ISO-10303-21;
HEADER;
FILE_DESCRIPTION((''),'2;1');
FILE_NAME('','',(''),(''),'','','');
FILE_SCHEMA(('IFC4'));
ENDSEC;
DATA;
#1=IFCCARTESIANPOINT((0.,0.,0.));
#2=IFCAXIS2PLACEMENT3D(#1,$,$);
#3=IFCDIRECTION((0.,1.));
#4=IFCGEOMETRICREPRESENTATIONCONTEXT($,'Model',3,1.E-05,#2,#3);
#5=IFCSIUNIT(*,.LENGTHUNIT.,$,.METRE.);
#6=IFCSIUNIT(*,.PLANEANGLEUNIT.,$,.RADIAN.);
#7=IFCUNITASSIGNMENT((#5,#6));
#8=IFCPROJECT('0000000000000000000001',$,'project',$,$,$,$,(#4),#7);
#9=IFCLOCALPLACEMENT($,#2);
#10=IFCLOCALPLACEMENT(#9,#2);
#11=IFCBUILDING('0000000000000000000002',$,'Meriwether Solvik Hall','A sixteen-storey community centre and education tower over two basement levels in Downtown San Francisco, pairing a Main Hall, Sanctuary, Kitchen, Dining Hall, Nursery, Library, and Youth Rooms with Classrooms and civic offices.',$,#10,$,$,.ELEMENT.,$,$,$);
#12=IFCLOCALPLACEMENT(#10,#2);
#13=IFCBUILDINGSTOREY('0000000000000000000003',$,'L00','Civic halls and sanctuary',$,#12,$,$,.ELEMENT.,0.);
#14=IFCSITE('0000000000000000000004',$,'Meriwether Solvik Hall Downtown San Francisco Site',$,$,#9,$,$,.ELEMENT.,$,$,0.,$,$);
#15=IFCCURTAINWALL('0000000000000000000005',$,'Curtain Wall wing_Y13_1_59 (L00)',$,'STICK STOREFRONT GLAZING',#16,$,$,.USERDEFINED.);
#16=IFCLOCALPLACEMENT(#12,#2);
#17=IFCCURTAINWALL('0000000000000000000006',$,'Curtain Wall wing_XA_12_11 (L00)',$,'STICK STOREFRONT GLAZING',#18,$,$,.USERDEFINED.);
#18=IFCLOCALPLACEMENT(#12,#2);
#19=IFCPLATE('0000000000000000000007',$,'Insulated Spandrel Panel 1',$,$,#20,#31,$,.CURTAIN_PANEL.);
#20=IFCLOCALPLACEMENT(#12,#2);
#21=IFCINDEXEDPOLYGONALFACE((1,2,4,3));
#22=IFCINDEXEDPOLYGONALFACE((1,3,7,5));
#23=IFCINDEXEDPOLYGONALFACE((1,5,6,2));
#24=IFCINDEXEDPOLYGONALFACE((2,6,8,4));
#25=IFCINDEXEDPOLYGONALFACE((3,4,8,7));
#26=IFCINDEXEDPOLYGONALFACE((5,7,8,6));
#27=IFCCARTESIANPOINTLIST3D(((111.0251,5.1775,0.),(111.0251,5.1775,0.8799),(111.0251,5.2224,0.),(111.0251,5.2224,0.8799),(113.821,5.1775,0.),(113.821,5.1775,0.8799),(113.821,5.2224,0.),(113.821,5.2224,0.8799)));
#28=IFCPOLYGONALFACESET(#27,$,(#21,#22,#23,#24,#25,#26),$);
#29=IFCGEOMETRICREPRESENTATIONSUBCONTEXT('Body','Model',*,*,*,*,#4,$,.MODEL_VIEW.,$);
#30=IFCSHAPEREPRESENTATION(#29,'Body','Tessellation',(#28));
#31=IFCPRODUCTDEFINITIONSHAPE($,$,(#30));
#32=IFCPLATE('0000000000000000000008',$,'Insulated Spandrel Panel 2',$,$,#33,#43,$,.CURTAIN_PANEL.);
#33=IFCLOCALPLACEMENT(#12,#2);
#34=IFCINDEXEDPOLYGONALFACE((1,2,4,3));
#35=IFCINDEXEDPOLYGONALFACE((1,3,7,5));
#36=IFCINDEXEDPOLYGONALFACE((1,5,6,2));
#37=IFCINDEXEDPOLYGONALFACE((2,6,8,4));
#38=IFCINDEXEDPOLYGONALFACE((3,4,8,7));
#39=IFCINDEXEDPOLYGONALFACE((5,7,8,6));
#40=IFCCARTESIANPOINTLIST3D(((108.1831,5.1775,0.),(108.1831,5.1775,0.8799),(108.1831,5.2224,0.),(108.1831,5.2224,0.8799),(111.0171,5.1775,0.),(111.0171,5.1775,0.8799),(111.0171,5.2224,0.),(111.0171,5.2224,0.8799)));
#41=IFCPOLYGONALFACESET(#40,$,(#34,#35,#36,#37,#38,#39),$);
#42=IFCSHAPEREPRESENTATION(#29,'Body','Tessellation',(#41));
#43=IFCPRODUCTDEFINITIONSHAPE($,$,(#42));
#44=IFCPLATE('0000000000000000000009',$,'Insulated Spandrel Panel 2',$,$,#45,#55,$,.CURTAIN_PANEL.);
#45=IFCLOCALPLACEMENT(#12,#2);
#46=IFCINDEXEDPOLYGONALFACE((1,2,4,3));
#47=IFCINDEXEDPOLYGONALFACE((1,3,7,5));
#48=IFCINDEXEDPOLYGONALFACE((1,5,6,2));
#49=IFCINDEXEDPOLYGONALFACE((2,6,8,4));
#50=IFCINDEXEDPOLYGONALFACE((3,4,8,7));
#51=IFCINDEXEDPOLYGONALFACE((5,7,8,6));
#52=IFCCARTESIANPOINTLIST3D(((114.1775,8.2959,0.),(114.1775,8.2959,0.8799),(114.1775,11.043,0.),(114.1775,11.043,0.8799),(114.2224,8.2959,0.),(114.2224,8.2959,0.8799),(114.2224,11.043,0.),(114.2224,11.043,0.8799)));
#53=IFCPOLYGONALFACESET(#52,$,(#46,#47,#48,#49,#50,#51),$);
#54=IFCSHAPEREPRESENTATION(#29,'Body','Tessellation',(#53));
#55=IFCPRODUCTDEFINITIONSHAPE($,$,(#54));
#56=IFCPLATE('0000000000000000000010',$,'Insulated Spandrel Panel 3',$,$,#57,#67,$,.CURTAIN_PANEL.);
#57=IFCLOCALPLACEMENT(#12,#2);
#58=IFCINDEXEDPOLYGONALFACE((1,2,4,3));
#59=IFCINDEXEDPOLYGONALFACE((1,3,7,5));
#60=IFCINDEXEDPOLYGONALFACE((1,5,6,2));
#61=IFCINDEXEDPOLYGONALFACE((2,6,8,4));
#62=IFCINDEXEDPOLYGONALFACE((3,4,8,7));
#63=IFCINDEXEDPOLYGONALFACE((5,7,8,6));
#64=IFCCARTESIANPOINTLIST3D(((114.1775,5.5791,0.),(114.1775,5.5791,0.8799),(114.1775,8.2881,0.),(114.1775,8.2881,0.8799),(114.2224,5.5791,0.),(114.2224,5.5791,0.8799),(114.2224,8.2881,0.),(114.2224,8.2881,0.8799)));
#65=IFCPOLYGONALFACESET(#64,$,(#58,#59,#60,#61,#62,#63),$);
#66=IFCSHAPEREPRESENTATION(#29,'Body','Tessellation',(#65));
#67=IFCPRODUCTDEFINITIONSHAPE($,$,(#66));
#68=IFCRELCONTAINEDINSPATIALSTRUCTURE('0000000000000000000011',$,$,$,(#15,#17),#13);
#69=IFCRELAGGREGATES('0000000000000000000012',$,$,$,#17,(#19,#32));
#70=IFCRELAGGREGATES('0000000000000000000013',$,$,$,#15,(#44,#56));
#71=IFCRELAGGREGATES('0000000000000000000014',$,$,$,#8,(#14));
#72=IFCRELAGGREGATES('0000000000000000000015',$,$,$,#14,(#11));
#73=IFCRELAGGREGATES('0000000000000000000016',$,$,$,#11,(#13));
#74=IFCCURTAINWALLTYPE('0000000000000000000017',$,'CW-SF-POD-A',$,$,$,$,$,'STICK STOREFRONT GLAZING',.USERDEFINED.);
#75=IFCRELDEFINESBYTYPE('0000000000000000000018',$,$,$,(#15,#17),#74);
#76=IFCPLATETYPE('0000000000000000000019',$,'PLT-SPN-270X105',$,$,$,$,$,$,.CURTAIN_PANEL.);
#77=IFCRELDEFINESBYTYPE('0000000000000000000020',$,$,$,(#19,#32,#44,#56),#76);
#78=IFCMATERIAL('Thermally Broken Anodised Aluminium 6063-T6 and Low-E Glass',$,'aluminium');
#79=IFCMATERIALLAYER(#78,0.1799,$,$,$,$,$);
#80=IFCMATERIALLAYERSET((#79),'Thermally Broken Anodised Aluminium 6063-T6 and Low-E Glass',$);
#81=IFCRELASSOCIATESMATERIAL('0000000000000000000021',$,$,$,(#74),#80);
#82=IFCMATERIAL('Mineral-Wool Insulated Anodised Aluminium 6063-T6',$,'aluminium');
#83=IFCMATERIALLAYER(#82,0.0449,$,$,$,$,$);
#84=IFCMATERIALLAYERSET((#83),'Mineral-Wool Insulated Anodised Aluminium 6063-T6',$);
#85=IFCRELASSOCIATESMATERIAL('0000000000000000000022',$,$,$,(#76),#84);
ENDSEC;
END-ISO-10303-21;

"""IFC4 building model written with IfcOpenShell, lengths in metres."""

from ifc_helpers import new_model, si_unit, direction, frame, origin, origin_2d, place, context, subcontext, project, spatial, rectangle, extrude, material, layer, layer_set, type_object, element, aggregate, save


model = new_model("IFC4")

# Units and contexts
model_context = context("Model", 3, precision=1e-05, world=origin(), true_north=direction((0.0, 1.0)))
body_context = subcontext(model_context, "Body", "Model", "MODEL_VIEW")
ifc_project = project(units=[si_unit("LENGTHUNIT", "METRE"), si_unit("PLANEANGLEUNIT", "RADIAN")], contexts=[model_context])

# Site, building, storey
site_placement = place(None, origin())
site = spatial("IfcSite", under=ifc_project, at=site_placement, Name="Meriwether Solvik Hall Downtown San Francisco Site", CompositionType="ELEMENT", RefElevation=0.0)
building_placement = place(site_placement, origin())
building = spatial("IfcBuilding", under=site, at=building_placement, Name="Meriwether Solvik Hall", Description="A sixteen-storey community centre and education tower over two basement levels in Downtown San Francisco, pairing a Main Hall, Sanctuary, Kitchen, Dining Hall, Nursery, Library, and Youth Rooms with Classrooms and civic offices.", CompositionType="ELEMENT")
storey_placement = place(building_placement, origin())
storey = spatial("IfcBuildingStorey", under=building, at=storey_placement, Name="L00", Description="Civic halls and sanctuary", CompositionType="ELEMENT", Elevation=0.0)

# Curtain walls
ifc_material_1 = material(Name="Thermally Broken Anodised Aluminium 6063-T6 and Low-E Glass", Category="aluminium")
ifc_layer_1 = layer(ifc_material_1, 0.1799)
ifc_layer_set_1 = layer_set([ifc_layer_1], Name="Thermally Broken Anodised Aluminium 6063-T6 and Low-E Glass")
curtain_wall_type = type_object("IfcCurtainWallType", Name="CW-SF-POD-A", ElementType="STICK STOREFRONT GLAZING", PredefinedType="USERDEFINED", material=ifc_layer_set_1)
curtain_wall_1_placement = place(storey_placement, origin())
curtain_wall_1 = element("IfcCurtainWall", 1, at=curtain_wall_1_placement, inside=storey, type_object=curtain_wall_type, Name="Curtain Wall wing_Y13_1_59 (L00)", ObjectType="STICK STOREFRONT GLAZING", PredefinedType="USERDEFINED")
curtain_wall_2_placement = place(storey_placement, origin())
curtain_wall_2 = element("IfcCurtainWall", 2, at=curtain_wall_2_placement, inside=storey, type_object=curtain_wall_type, Name="Curtain Wall wing_XA_12_11 (L00)", ObjectType="STICK STOREFRONT GLAZING", PredefinedType="USERDEFINED")

# Plates
ifc_material_2 = material(Name="Mineral-Wool Insulated Anodised Aluminium 6063-T6", Category="aluminium")
ifc_layer_2 = layer(ifc_material_2, 0.0449)
ifc_layer_set_2 = layer_set([ifc_layer_2], Name="Mineral-Wool Insulated Anodised Aluminium 6063-T6")
plate_type_1 = type_object("IfcPlateType", Name="PLT-SPN-270X105", PredefinedType="CURTAIN_PANEL", material=ifc_layer_set_2)
plate_1_placement = place(storey_placement, frame((112.4231, 5.2, 0.0), z_axis=(0.0, 0.0, 1.0), x_axis=(-1.0, 0.0, 0.0)))
plate_1 = element("IfcPlate", 3, at=plate_1_placement, type_object=plate_type_1, Name="Insulated Spandrel Panel 1", PredefinedType="CURTAIN_PANEL", context=body_context, shape_type="SweptSolid", body=[
    extrude(rectangle(XDim=2.7959, YDim=0.0449, at=origin_2d()), origin(), (0.0, 0.0, 1.0), 0.8799),
])
plate_2_placement = place(storey_placement, frame((109.6001, 5.2, 0.0), z_axis=(0.0, 0.0, 1.0), x_axis=(-1.0, 0.0, 0.0)))
plate_2 = element("IfcPlate", 4, at=plate_2_placement, type_object=plate_type_1, Name="Insulated Spandrel Panel 2", PredefinedType="CURTAIN_PANEL", context=body_context, shape_type="SweptSolid", body=[
    extrude(rectangle(XDim=2.834, YDim=0.0449, at=origin_2d()), origin(), (0.0, 0.0, 1.0), 0.8799),
])
aggregate(curtain_wall_2, [plate_1, plate_2])
plate_3_placement = place(storey_placement, frame((114.2, 9.6694, 0.0), z_axis=(0.0, 0.0, 1.0), x_axis=(0.0, -1.0, 0.0)))
plate_3 = element("IfcPlate", 5, at=plate_3_placement, type_object=plate_type_1, Name="Insulated Spandrel Panel 2", PredefinedType="CURTAIN_PANEL", context=body_context, shape_type="SweptSolid", body=[
    extrude(rectangle(XDim=2.7471, YDim=0.0449, at=origin_2d()), origin(), (0.0, 0.0, 1.0), 0.8799),
])
plate_4_placement = place(storey_placement, frame((114.2, 6.9336, 0.0), z_axis=(0.0, 0.0, 1.0), x_axis=(0.0, -1.0, 0.0)))
plate_4 = element("IfcPlate", 6, at=plate_4_placement, type_object=plate_type_1, Name="Insulated Spandrel Panel 3", PredefinedType="CURTAIN_PANEL", context=body_context, shape_type="SweptSolid", body=[
    extrude(rectangle(XDim=2.709, YDim=0.0449, at=origin_2d()), origin(), (0.0, 0.0, 1.0), 0.8799),
])
aggregate(curtain_wall_1, [plate_3, plate_4])

save(model, "model.ifc")
